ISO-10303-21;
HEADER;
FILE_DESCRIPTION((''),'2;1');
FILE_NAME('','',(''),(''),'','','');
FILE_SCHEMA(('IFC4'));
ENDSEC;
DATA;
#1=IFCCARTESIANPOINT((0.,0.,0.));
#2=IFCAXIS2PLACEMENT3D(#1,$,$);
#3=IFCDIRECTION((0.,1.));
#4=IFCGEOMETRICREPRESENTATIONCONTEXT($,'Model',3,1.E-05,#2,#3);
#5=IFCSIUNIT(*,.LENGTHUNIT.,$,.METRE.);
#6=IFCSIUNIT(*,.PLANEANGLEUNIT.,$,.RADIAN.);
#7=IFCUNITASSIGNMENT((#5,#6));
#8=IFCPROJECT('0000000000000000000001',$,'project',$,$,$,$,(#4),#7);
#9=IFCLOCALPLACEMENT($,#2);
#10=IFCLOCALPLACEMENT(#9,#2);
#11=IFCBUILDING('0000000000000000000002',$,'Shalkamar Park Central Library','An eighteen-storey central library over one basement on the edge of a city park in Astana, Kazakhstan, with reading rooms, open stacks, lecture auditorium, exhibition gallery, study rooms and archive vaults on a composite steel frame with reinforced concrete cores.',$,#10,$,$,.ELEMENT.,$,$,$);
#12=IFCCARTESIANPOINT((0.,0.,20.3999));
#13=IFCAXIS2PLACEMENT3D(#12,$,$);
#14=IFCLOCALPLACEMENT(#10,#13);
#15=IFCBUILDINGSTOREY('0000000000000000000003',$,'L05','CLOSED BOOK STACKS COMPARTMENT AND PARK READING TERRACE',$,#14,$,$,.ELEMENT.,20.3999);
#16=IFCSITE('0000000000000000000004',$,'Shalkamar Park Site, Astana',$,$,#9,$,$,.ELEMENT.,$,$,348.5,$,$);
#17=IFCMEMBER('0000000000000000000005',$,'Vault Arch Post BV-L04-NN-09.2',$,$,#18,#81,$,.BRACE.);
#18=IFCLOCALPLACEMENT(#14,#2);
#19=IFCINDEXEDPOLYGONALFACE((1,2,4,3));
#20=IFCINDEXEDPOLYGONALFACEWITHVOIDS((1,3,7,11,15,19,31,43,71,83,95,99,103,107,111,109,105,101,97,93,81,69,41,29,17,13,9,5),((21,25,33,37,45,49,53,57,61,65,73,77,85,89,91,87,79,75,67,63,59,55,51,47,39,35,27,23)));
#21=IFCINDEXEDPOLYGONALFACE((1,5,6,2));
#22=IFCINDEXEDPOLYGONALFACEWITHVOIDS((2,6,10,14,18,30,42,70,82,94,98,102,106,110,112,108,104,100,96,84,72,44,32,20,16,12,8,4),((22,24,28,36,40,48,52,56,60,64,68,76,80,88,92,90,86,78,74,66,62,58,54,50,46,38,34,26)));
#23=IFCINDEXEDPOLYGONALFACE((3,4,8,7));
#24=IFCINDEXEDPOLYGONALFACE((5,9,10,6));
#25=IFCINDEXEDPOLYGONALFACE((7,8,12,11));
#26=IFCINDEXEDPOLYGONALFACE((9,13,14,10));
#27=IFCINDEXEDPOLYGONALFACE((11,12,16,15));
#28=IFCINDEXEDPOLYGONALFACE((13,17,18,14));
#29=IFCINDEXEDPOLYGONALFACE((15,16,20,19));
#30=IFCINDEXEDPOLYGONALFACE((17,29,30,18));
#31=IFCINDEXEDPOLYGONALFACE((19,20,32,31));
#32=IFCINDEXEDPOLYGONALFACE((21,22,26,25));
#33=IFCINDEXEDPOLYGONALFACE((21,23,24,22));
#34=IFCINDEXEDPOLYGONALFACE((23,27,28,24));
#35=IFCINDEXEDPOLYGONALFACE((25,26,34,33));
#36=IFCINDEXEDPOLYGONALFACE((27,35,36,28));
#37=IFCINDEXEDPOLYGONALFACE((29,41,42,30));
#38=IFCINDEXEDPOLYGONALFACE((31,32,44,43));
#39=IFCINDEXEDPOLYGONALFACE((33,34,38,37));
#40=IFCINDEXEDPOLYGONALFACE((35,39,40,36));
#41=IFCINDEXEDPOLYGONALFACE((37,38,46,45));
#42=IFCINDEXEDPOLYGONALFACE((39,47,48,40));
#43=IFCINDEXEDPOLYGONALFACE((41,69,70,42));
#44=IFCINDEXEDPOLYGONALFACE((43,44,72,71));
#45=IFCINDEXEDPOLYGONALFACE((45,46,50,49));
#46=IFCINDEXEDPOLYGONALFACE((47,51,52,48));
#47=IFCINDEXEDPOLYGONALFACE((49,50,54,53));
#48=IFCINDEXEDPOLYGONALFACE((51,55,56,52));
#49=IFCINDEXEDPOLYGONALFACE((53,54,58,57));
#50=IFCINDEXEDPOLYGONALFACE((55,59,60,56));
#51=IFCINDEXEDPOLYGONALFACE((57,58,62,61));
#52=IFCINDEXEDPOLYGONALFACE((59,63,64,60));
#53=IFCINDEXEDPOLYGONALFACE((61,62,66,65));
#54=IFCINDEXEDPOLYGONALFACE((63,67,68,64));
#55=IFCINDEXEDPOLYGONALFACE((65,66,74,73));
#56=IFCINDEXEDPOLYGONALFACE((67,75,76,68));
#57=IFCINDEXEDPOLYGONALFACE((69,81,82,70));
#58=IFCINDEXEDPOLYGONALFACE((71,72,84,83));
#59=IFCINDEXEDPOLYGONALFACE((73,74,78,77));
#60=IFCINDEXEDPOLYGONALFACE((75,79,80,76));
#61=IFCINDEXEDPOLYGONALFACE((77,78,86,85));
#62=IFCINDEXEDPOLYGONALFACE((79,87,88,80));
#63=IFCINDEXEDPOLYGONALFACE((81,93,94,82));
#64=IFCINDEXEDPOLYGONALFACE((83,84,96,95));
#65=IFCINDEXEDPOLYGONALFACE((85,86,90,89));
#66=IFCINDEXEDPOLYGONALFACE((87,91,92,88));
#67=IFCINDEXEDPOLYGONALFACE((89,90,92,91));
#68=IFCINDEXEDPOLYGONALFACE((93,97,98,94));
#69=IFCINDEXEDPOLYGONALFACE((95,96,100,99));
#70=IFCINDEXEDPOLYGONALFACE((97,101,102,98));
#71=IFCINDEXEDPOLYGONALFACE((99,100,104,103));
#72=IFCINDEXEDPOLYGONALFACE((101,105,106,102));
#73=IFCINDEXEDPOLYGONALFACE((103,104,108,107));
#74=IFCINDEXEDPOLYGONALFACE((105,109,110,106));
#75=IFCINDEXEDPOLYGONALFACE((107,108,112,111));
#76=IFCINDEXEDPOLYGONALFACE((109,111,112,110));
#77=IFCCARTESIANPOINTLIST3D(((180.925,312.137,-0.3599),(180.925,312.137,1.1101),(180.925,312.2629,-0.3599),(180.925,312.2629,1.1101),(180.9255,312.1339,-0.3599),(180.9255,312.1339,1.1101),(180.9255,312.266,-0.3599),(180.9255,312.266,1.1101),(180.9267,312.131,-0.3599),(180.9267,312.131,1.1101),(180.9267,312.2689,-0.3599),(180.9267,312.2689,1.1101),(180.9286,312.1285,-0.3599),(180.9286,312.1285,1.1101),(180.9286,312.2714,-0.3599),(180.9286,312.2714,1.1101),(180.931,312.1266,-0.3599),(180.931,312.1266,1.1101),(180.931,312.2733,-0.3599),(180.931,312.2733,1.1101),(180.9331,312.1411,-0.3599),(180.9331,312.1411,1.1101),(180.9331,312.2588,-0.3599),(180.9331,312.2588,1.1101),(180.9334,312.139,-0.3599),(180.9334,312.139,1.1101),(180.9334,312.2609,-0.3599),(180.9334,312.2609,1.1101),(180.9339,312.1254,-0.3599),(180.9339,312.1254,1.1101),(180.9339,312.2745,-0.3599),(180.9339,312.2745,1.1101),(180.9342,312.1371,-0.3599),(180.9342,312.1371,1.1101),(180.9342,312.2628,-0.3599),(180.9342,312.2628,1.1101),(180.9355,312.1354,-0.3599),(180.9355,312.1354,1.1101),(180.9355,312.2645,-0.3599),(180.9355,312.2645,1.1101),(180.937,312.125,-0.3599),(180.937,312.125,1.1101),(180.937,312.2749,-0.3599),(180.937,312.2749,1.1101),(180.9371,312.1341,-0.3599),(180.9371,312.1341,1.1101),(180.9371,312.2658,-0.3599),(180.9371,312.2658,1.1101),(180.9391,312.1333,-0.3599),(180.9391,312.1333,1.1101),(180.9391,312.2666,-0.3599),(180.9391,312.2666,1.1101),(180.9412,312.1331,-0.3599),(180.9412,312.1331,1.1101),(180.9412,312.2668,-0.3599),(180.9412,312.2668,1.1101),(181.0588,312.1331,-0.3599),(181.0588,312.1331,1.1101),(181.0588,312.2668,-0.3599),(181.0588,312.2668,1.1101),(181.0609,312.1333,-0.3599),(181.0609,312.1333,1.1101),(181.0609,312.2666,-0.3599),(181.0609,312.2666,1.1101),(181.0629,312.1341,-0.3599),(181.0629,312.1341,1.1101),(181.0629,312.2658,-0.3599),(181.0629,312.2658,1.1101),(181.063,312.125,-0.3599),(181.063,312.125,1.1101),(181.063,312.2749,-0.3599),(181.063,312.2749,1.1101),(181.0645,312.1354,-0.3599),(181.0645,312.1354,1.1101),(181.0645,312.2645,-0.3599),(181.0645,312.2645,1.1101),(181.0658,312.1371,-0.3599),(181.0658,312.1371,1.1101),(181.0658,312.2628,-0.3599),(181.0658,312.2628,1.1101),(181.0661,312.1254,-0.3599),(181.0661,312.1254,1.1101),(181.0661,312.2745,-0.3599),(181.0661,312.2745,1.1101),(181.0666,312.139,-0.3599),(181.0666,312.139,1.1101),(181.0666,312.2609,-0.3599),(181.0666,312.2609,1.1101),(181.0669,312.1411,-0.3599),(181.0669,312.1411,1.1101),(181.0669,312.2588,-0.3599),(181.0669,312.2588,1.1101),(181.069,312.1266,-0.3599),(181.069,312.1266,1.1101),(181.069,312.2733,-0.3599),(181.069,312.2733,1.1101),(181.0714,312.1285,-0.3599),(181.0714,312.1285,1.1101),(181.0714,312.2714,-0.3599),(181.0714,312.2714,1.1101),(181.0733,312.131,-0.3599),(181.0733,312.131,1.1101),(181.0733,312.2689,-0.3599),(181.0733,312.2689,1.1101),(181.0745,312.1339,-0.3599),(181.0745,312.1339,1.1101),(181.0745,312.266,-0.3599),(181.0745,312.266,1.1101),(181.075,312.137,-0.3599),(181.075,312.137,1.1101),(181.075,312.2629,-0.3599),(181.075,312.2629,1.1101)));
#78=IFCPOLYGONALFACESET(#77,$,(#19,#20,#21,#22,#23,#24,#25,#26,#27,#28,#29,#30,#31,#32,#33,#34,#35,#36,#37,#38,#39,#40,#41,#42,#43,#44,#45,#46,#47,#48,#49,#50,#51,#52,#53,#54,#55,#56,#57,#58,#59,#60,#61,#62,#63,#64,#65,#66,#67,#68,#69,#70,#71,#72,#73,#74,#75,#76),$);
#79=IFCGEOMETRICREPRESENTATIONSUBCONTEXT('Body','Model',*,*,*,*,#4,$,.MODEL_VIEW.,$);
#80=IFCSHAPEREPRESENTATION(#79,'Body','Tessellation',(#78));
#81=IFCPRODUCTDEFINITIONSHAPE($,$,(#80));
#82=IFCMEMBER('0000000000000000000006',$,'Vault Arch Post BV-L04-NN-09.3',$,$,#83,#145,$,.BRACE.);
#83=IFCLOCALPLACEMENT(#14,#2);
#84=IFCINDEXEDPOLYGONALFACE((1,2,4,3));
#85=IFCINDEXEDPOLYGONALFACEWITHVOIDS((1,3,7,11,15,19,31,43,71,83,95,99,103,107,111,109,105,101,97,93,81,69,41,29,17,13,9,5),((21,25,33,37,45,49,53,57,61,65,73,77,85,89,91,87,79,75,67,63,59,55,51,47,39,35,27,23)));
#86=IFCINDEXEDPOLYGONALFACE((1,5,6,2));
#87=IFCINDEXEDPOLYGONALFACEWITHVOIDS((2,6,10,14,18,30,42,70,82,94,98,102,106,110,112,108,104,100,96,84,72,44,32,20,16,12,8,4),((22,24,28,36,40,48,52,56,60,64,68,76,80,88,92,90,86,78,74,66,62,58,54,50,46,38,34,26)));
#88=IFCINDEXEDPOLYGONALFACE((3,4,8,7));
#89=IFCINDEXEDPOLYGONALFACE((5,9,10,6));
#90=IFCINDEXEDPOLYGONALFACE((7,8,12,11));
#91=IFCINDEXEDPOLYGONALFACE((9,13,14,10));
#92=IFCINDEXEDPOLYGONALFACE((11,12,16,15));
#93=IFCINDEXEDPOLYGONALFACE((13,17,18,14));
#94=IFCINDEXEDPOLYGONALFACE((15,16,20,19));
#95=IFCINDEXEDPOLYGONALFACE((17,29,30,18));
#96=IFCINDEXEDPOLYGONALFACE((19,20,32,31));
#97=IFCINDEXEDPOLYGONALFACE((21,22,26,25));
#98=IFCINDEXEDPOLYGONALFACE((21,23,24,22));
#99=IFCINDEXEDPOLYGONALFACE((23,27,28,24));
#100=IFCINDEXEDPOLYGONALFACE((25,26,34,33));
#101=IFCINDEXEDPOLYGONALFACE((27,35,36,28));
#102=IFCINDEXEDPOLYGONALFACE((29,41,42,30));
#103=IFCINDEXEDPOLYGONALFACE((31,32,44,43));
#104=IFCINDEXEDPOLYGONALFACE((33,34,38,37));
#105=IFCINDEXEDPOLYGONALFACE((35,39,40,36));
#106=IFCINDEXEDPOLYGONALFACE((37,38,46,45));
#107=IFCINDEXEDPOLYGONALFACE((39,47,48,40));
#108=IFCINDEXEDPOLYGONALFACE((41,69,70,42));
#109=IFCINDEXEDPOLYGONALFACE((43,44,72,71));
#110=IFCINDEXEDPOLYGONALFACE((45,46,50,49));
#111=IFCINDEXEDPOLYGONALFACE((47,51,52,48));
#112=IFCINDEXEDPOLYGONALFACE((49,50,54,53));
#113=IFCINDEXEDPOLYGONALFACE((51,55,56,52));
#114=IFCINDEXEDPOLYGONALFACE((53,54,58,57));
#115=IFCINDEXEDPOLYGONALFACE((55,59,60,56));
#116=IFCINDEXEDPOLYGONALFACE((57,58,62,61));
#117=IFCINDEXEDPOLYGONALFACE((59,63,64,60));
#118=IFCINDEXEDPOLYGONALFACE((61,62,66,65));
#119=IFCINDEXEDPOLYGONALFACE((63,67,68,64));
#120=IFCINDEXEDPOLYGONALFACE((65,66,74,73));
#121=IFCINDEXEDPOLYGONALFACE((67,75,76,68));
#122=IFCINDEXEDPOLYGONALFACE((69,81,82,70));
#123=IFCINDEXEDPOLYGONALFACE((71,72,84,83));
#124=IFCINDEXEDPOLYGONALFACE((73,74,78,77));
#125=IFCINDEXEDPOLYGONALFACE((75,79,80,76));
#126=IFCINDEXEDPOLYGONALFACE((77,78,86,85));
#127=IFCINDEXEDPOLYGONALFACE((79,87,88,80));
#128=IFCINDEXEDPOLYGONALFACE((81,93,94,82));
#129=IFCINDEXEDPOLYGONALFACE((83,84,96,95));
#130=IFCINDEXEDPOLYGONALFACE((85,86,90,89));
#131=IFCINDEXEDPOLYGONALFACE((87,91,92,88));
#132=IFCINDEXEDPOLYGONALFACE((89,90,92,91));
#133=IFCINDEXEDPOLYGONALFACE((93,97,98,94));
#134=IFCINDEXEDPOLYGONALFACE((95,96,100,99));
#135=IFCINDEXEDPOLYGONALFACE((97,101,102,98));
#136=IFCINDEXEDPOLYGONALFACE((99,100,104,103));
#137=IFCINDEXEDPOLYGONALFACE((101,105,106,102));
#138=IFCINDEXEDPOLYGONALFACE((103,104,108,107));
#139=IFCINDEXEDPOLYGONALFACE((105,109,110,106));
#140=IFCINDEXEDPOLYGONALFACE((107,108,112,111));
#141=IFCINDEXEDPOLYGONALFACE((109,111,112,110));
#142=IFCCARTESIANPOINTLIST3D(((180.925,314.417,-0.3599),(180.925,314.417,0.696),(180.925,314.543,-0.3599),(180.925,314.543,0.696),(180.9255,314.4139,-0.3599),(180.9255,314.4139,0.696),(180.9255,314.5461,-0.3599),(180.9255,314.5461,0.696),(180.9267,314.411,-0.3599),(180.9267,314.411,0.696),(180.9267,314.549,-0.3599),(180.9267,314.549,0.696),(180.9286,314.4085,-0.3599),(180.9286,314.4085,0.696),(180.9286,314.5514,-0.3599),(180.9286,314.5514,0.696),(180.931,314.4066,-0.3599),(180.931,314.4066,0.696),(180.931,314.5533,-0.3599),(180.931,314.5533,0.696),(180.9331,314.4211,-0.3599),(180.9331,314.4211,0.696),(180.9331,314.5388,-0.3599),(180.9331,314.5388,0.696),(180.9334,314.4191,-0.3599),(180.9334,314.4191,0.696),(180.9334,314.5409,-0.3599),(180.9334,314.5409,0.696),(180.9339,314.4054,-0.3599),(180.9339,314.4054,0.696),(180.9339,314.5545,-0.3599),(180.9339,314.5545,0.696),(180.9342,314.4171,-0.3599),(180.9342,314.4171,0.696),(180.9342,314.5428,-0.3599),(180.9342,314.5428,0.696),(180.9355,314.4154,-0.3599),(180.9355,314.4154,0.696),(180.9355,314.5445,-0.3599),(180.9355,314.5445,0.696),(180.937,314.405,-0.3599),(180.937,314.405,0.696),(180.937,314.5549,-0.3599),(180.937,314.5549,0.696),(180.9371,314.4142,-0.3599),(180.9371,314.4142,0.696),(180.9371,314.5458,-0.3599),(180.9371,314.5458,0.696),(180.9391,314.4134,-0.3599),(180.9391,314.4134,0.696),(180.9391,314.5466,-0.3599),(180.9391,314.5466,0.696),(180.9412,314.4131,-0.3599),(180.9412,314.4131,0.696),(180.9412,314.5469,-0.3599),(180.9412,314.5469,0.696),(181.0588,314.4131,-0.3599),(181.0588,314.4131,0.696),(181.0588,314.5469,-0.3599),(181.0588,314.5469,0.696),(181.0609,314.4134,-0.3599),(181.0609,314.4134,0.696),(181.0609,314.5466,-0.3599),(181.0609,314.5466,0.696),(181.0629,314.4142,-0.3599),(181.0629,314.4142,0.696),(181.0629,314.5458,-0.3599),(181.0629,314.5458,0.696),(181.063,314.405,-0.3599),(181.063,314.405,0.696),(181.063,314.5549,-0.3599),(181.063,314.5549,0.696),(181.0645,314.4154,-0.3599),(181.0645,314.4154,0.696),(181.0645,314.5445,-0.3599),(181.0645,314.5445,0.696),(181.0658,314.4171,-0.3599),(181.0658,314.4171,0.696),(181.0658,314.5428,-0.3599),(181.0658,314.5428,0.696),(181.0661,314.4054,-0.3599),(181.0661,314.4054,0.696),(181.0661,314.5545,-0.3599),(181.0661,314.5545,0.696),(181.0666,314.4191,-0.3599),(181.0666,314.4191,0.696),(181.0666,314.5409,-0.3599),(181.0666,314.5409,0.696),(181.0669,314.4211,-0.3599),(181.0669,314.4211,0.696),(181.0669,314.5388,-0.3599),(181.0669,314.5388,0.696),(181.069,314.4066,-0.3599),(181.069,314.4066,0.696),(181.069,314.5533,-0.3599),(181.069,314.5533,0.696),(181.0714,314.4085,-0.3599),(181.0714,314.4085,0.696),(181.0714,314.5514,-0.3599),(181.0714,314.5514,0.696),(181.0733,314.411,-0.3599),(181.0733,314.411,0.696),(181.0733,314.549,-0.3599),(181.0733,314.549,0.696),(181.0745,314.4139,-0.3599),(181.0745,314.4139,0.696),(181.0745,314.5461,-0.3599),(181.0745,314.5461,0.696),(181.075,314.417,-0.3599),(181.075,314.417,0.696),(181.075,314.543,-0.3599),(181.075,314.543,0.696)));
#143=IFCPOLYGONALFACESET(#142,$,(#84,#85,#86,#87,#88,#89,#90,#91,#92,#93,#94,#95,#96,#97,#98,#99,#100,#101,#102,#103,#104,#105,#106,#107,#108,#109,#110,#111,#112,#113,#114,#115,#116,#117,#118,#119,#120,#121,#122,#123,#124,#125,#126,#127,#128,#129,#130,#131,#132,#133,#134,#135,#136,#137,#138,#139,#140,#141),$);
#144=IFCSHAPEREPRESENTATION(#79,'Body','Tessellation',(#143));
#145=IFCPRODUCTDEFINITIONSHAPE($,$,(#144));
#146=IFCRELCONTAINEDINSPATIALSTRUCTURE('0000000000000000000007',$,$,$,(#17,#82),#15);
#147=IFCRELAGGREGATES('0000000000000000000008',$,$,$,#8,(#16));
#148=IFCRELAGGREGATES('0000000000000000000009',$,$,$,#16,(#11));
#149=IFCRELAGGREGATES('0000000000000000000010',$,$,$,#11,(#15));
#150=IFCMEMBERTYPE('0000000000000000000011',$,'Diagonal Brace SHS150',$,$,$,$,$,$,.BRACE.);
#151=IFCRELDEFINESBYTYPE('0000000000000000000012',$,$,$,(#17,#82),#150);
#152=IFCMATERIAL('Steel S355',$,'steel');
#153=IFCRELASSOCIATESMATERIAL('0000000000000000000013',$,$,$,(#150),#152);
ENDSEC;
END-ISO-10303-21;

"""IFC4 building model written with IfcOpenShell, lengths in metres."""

from ifc_helpers import new_model, si_unit, direction, frame, origin, origin_2d, place, context, subcontext, project, spatial, hollow_rectangle, extrude, material, material_profile, profile_set, type_object, element, save


model = new_model("IFC4")

# Units and contexts
model_context = context("Model", 3, precision=1e-05, world=origin(), true_north=direction((0.0, 1.0)))
body_context = subcontext(model_context, "Body", "Model", "MODEL_VIEW")
ifc_project = project(units=[si_unit("LENGTHUNIT", "METRE"), si_unit("PLANEANGLEUNIT", "RADIAN")], contexts=[model_context])

# Site, building, storey
site_placement = place(None, origin())
site = spatial("IfcSite", under=ifc_project, at=site_placement, Name="Shalkamar Park Site, Astana", CompositionType="ELEMENT", RefElevation=348.5)
building_placement = place(site_placement, origin())
building = spatial("IfcBuilding", under=site, at=building_placement, Name="Shalkamar Park Central Library", Description="An eighteen-storey central library over one basement on the edge of a city park in Astana, Kazakhstan, with reading rooms, open stacks, lecture auditorium, exhibition gallery, study rooms and archive vaults on a composite steel frame with reinforced concrete cores.", CompositionType="ELEMENT")
storey_placement = place(building_placement, frame((0.0, 0.0, 20.3999)))
storey = spatial("IfcBuildingStorey", under=building, at=storey_placement, Name="L05", Description="CLOSED BOOK STACKS COMPARTMENT AND PARK READING TERRACE", CompositionType="ELEMENT", Elevation=20.3999)

# Shared definitions
ifc_material_1 = material(Name="Steel S355", Category="steel")

# Members
ifc_material_profile_1 = material_profile(ifc_material_1, hollow_rectangle(XDim=0.1499, YDim=0.1499, WallThickness=0.0081, InnerFilletRadius=0.0081, OuterFilletRadius=0.012, at=origin_2d()), Name="SHS 150x150x8")
ifc_profile_set_1 = profile_set([ifc_material_profile_1], Name="Steel S355")
member_type_1 = type_object("IfcMemberType", Name="Diagonal Brace SHS150", PredefinedType="BRACE", material=ifc_profile_set_1)
member_1_placement = place(storey_placement, frame((181.0, 312.2, -0.3599), z_axis=(0.0, 0.0, 1.0), x_axis=(1.0, 0.0, 0.0)))
element("IfcMember", 1, at=member_1_placement, inside=storey, type_object=member_type_1, Name="Vault Arch Post BV-L04-NN-09.2", PredefinedType="BRACE", context=body_context, shape_type="SweptSolid", body=[
    extrude(hollow_rectangle(XDim=0.1499, YDim=0.1499, WallThickness=0.0081, InnerFilletRadius=0.0081, OuterFilletRadius=0.012, at=origin_2d()), origin(), (0.0, 0.0, 1.0), 1.47),
])
for number, where, z_axis, x_axis, name in (
    (2, (181.0, 314.48, -0.3599), (0.0, 0.0, 1.0), (1.0, 0.0, 0.0), "Vault Arch Post BV-L04-NN-09.3"),
):
    element("IfcMember", number, at=place(storey_placement, frame(where, z_axis=z_axis, x_axis=x_axis)), inside=storey, type_object=member_type_1, Name=name, PredefinedType="BRACE", context=body_context, shape_type="SweptSolid", body=[
        extrude(hollow_rectangle(XDim=0.1499, YDim=0.1499, WallThickness=0.0081, InnerFilletRadius=0.0081, OuterFilletRadius=0.012, at=origin_2d()), origin(), (0.0, 0.0, 1.0), 1.0559),
    ])

save(model, "model.ifc")
